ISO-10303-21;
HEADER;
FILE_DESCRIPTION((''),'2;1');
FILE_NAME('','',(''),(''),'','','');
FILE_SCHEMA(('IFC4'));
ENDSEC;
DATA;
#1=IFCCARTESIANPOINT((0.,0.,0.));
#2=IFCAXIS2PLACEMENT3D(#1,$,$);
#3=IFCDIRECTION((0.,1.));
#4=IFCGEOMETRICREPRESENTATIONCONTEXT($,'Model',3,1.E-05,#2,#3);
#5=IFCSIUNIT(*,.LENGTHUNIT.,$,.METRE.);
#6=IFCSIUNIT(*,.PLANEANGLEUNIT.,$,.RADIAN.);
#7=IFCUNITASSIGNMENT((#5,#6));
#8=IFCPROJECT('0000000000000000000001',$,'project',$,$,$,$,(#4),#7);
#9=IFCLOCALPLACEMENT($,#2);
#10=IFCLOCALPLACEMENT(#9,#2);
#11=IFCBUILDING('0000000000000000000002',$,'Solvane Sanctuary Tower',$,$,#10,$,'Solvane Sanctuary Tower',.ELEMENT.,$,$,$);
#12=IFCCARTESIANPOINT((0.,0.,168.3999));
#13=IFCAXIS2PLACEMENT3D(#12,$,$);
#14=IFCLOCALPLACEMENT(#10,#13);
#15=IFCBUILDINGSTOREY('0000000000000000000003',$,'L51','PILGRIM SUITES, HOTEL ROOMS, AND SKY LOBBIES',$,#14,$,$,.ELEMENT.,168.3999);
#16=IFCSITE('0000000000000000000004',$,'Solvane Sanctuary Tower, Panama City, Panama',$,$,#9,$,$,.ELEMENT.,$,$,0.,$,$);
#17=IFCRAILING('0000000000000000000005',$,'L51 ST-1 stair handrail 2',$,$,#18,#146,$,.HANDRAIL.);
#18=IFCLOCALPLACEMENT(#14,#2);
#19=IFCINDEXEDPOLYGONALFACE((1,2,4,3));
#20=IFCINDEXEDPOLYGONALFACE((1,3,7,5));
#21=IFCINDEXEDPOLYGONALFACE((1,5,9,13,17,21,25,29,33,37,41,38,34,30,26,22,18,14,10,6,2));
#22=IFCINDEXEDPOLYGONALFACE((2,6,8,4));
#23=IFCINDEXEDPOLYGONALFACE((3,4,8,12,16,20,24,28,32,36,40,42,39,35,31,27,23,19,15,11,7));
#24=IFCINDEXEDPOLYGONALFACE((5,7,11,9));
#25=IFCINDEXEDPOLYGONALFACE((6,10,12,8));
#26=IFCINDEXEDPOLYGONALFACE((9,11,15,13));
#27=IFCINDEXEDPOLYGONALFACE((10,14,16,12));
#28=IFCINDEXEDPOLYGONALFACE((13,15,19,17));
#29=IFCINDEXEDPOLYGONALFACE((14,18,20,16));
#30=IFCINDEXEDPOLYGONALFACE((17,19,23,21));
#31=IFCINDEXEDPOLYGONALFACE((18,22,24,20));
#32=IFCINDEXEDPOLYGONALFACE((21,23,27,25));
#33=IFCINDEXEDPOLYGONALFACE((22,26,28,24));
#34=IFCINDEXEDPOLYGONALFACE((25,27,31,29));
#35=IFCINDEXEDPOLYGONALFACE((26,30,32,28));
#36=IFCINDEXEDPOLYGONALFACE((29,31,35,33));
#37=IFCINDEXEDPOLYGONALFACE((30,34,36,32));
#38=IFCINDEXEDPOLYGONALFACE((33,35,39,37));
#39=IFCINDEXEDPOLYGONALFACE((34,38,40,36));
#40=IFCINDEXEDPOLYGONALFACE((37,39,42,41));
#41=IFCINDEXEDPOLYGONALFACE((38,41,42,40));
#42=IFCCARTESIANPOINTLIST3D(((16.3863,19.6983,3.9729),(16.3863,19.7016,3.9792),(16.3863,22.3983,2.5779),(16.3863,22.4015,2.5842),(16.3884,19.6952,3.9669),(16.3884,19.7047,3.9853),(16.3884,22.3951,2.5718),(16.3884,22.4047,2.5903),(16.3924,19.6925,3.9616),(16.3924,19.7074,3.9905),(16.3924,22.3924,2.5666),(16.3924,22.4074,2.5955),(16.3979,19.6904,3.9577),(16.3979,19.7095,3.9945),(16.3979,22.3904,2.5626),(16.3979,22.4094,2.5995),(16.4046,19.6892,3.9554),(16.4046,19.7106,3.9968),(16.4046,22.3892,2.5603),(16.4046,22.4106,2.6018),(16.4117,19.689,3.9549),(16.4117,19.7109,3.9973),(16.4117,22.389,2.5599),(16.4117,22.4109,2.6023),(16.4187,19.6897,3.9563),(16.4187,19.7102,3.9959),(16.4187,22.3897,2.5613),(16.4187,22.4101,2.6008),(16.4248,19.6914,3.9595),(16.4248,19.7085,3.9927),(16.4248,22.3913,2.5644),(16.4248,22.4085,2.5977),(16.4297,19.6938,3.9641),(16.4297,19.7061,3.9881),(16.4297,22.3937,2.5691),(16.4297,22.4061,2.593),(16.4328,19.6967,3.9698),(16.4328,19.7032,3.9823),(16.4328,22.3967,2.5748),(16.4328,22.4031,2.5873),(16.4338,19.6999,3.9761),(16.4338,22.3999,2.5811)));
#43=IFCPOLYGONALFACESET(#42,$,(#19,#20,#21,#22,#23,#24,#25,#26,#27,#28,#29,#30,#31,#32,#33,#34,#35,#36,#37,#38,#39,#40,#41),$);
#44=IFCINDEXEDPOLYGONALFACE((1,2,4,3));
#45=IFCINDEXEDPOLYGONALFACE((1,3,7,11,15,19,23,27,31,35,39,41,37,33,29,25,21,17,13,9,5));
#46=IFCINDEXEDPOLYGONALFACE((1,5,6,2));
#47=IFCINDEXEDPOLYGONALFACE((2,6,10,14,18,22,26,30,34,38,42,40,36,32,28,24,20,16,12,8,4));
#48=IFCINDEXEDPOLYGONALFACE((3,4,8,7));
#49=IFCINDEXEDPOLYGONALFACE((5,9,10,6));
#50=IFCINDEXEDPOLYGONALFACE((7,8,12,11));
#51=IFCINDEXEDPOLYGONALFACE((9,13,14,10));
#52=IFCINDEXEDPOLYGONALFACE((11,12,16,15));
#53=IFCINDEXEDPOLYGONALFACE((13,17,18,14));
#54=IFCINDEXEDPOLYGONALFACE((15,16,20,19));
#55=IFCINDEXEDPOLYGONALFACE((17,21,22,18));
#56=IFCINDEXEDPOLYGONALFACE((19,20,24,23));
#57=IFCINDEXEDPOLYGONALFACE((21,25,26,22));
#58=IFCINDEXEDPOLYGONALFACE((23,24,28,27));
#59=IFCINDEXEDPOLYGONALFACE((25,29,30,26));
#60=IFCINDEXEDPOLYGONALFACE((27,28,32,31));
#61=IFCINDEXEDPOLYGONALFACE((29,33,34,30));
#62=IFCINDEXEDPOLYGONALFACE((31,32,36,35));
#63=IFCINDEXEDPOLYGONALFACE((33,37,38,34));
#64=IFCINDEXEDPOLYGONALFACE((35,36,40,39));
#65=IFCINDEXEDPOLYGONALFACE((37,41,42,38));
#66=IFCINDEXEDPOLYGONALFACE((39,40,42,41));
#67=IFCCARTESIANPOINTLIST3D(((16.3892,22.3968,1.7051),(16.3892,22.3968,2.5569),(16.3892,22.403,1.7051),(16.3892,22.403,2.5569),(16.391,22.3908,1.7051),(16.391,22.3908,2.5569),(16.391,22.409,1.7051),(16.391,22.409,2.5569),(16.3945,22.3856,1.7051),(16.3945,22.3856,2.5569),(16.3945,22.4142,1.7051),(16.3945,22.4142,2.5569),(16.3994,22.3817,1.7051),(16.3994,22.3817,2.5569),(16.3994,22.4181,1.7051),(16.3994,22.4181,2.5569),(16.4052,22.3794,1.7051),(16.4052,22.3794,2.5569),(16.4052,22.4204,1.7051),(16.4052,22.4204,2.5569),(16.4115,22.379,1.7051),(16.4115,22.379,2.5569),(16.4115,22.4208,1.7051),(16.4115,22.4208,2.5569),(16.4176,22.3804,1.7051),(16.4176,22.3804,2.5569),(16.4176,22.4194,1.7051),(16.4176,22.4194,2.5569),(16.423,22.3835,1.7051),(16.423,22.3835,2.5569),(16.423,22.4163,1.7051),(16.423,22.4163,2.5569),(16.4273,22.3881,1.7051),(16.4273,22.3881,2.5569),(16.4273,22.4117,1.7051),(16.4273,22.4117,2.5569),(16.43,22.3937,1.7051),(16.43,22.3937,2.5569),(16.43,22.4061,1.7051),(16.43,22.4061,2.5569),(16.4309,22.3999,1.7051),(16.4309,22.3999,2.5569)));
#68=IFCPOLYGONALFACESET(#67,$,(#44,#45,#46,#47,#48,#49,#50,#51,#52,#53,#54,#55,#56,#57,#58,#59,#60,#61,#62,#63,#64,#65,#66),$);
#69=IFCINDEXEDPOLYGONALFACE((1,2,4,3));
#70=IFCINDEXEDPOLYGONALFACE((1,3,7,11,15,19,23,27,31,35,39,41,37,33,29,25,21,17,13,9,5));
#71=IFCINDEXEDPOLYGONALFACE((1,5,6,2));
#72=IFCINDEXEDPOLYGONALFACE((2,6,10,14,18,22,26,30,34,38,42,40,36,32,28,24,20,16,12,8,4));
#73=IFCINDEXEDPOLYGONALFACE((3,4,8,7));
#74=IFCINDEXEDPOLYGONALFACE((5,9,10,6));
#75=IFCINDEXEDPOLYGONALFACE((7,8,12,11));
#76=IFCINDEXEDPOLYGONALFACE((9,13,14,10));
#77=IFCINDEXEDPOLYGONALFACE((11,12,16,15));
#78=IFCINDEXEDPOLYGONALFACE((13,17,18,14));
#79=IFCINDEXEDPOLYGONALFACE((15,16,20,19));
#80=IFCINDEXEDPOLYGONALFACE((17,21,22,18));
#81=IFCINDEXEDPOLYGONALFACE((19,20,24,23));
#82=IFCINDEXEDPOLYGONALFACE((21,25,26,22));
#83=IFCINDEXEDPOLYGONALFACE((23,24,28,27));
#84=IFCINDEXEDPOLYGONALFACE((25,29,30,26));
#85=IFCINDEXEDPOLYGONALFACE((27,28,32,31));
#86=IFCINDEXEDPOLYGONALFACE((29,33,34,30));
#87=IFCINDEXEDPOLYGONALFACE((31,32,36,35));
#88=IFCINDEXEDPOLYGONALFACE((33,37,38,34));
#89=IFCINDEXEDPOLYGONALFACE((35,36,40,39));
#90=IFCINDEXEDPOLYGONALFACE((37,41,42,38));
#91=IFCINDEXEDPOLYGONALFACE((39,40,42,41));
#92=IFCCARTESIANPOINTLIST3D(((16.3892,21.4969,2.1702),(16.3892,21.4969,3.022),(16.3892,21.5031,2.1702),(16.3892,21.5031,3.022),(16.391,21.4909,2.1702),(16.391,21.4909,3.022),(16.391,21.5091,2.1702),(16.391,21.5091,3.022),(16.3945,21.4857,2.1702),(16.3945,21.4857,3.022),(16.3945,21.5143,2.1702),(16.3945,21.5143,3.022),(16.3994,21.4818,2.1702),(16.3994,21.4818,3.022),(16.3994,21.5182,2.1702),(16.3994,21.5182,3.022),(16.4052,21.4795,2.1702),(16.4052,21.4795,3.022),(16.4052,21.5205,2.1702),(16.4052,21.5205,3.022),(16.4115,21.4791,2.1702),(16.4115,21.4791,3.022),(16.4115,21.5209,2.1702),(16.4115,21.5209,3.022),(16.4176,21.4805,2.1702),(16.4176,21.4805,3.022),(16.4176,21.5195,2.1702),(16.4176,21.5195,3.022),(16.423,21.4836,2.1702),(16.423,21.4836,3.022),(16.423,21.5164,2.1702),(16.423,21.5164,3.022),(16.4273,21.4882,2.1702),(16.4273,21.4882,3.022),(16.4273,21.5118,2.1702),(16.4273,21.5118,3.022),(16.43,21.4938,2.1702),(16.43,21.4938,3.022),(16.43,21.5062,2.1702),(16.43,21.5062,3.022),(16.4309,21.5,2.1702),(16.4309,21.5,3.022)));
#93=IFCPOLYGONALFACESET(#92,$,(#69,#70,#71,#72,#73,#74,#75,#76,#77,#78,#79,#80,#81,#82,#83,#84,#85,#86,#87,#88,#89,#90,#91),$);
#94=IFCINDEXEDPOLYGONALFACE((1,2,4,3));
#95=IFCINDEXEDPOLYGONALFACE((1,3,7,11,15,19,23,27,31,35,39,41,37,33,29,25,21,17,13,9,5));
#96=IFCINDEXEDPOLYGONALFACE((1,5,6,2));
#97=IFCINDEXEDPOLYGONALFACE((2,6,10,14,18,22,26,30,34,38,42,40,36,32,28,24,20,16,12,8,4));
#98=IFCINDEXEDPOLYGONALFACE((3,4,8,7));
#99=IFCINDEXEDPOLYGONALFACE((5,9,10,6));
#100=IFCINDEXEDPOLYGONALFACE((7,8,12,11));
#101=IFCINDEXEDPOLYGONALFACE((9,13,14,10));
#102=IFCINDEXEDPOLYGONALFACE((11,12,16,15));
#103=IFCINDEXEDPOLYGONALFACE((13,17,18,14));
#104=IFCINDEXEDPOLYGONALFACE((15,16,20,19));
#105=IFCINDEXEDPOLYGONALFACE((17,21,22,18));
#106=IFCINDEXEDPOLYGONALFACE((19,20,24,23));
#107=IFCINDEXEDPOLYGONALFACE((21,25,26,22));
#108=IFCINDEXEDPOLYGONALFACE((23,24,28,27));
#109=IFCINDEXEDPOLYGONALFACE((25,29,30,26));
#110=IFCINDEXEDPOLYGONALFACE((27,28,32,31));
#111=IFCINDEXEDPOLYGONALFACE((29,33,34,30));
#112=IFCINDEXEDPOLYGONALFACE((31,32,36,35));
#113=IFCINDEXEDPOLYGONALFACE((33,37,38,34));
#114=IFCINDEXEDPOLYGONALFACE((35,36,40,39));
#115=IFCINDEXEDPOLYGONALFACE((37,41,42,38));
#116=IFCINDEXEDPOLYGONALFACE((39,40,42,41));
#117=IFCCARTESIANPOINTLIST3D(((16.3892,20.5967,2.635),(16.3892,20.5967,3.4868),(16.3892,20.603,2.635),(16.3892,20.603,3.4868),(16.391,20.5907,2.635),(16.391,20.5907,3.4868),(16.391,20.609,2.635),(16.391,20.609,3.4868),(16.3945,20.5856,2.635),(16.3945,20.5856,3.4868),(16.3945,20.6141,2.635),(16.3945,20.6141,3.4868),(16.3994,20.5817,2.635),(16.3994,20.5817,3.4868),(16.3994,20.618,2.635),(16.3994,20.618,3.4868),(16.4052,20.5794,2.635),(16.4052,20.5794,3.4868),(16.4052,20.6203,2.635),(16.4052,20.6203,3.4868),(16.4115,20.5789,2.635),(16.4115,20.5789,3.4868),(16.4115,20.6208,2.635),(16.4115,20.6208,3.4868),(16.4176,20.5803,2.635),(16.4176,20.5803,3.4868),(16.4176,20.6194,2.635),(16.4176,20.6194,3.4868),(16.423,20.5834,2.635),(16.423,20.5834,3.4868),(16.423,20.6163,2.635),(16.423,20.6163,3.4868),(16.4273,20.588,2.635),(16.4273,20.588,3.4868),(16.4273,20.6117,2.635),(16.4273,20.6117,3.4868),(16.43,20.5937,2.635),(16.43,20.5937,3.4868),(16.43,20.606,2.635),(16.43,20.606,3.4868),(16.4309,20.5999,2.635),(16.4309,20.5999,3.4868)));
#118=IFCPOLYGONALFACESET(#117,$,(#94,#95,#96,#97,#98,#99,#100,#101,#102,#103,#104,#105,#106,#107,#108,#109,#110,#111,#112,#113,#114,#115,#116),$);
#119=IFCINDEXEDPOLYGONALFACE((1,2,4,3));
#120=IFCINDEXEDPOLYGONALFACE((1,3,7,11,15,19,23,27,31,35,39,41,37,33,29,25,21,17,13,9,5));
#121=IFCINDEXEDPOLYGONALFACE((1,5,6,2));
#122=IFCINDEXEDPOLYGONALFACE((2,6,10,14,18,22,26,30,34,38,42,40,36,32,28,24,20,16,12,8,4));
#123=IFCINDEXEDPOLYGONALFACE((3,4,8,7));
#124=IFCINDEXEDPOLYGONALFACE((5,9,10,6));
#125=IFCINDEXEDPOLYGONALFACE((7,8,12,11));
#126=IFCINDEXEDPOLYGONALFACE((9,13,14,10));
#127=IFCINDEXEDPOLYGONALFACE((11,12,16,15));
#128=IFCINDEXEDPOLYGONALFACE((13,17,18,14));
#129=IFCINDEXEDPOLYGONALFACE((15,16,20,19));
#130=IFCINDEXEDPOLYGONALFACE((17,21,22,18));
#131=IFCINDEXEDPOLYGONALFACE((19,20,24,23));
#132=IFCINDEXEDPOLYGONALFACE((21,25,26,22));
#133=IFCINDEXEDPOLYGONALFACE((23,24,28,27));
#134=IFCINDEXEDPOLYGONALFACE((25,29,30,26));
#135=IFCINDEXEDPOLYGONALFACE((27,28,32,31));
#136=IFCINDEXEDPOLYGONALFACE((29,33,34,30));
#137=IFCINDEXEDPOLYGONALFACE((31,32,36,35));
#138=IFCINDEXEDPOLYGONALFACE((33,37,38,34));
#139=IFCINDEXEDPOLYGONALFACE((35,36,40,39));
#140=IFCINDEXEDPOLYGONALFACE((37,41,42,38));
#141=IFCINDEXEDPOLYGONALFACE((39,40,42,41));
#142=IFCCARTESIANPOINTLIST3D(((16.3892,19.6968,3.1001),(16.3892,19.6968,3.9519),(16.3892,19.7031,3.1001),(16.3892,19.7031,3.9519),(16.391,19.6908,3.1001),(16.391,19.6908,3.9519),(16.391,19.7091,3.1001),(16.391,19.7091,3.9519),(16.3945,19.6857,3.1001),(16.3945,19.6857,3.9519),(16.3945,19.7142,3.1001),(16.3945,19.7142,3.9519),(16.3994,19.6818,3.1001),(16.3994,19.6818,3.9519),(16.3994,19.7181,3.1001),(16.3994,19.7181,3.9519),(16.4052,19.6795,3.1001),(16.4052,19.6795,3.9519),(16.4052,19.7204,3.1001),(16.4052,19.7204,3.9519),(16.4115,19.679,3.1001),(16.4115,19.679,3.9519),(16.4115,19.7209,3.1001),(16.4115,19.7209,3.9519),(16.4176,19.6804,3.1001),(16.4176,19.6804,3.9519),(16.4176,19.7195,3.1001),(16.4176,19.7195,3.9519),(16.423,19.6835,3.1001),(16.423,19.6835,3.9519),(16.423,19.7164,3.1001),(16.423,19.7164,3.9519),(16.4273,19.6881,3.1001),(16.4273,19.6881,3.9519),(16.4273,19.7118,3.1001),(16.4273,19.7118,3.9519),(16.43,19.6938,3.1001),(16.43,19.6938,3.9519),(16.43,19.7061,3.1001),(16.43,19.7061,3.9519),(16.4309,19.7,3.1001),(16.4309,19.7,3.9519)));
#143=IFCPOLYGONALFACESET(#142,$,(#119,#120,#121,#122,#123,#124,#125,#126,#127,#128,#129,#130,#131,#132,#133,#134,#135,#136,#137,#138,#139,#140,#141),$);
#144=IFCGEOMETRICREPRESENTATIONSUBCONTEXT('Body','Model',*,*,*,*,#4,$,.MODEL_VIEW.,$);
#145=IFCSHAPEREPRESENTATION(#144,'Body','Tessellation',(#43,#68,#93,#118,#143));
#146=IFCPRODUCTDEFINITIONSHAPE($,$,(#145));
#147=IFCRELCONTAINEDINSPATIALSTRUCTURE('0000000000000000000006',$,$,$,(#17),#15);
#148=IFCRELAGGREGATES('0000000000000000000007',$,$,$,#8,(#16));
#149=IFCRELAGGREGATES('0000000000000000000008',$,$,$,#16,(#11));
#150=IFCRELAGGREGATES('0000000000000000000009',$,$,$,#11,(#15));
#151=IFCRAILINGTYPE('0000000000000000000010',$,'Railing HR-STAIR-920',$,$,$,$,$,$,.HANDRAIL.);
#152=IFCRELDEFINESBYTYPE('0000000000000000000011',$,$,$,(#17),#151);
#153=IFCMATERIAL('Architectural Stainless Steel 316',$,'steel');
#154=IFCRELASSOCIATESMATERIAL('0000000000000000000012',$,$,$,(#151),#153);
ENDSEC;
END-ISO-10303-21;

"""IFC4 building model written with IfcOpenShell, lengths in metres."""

from ifc_helpers import new_model, si_unit, direction, frame, origin, origin_2d, place, context, subcontext, project, spatial, circle, extrude, material, type_object, element, save


model = new_model("IFC4")

# Units and contexts
model_context = context("Model", 3, precision=1e-05, world=origin(), true_north=direction((0.0, 1.0)))
body_context = subcontext(model_context, "Body", "Model", "MODEL_VIEW")
ifc_project = project(units=[si_unit("LENGTHUNIT", "METRE"), si_unit("PLANEANGLEUNIT", "RADIAN")], contexts=[model_context])

# Site, building, storey
site_placement = place(None, origin())
site = spatial("IfcSite", under=ifc_project, at=site_placement, Name="Solvane Sanctuary Tower, Panama City, Panama", CompositionType="ELEMENT", RefElevation=0.0)
building_placement = place(site_placement, origin())
building = spatial("IfcBuilding", under=site, at=building_placement, Name="Solvane Sanctuary Tower", LongName="Solvane Sanctuary Tower", CompositionType="ELEMENT")
storey_placement = place(building_placement, frame((0.0, 0.0, 168.3999)))
storey = spatial("IfcBuildingStorey", under=building, at=storey_placement, Name="L51", Description="PILGRIM SUITES, HOTEL ROOMS, AND SKY LOBBIES", CompositionType="ELEMENT", Elevation=168.3999)

# Shared definitions
ifc_material_1 = material(Name="Architectural Stainless Steel 316", Category="steel")

# Railing
railing_type_1 = type_object("IfcRailingType", Name="Railing HR-STAIR-920", PredefinedType="HANDRAIL", material=ifc_material_1)
railing_1_placement = place(storey_placement, frame((16.4099, 22.3999, 1.7051)))
element("IfcRailing", 1, at=railing_1_placement, inside=storey, type_object=railing_type_1, Name="L51 ST-1 stair handrail 2", PredefinedType="HANDRAIL", context=body_context, shape_type="SweptSolid", body=[
    extrude(circle(Radius=0.0239, at=origin_2d()), frame((0.0, 0.0, 0.876), z_axis=(0.0, -0.88842, 0.459032), x_axis=(1.0, 0.0, 0.0)), (0.0, 0.0, 1.0), 3.0391),
    extrude(circle(Radius=0.021, at=origin_2d()), origin(), (0.0, 0.0, 1.0), 0.8518),
    extrude(circle(Radius=0.021, at=origin_2d()), frame((0.0, -0.8999, 0.4651)), (0.0, 0.0, 1.0), 0.8518),
    extrude(circle(Radius=0.021, at=origin_2d()), frame((0.0, -1.8, 0.9299)), (0.0, 0.0, 1.0), 0.8518),
    extrude(circle(Radius=0.021, at=origin_2d()), frame((0.0, -2.7, 1.395)), (0.0, 0.0, 1.0), 0.8518),
])

save(model, "model.ifc")
